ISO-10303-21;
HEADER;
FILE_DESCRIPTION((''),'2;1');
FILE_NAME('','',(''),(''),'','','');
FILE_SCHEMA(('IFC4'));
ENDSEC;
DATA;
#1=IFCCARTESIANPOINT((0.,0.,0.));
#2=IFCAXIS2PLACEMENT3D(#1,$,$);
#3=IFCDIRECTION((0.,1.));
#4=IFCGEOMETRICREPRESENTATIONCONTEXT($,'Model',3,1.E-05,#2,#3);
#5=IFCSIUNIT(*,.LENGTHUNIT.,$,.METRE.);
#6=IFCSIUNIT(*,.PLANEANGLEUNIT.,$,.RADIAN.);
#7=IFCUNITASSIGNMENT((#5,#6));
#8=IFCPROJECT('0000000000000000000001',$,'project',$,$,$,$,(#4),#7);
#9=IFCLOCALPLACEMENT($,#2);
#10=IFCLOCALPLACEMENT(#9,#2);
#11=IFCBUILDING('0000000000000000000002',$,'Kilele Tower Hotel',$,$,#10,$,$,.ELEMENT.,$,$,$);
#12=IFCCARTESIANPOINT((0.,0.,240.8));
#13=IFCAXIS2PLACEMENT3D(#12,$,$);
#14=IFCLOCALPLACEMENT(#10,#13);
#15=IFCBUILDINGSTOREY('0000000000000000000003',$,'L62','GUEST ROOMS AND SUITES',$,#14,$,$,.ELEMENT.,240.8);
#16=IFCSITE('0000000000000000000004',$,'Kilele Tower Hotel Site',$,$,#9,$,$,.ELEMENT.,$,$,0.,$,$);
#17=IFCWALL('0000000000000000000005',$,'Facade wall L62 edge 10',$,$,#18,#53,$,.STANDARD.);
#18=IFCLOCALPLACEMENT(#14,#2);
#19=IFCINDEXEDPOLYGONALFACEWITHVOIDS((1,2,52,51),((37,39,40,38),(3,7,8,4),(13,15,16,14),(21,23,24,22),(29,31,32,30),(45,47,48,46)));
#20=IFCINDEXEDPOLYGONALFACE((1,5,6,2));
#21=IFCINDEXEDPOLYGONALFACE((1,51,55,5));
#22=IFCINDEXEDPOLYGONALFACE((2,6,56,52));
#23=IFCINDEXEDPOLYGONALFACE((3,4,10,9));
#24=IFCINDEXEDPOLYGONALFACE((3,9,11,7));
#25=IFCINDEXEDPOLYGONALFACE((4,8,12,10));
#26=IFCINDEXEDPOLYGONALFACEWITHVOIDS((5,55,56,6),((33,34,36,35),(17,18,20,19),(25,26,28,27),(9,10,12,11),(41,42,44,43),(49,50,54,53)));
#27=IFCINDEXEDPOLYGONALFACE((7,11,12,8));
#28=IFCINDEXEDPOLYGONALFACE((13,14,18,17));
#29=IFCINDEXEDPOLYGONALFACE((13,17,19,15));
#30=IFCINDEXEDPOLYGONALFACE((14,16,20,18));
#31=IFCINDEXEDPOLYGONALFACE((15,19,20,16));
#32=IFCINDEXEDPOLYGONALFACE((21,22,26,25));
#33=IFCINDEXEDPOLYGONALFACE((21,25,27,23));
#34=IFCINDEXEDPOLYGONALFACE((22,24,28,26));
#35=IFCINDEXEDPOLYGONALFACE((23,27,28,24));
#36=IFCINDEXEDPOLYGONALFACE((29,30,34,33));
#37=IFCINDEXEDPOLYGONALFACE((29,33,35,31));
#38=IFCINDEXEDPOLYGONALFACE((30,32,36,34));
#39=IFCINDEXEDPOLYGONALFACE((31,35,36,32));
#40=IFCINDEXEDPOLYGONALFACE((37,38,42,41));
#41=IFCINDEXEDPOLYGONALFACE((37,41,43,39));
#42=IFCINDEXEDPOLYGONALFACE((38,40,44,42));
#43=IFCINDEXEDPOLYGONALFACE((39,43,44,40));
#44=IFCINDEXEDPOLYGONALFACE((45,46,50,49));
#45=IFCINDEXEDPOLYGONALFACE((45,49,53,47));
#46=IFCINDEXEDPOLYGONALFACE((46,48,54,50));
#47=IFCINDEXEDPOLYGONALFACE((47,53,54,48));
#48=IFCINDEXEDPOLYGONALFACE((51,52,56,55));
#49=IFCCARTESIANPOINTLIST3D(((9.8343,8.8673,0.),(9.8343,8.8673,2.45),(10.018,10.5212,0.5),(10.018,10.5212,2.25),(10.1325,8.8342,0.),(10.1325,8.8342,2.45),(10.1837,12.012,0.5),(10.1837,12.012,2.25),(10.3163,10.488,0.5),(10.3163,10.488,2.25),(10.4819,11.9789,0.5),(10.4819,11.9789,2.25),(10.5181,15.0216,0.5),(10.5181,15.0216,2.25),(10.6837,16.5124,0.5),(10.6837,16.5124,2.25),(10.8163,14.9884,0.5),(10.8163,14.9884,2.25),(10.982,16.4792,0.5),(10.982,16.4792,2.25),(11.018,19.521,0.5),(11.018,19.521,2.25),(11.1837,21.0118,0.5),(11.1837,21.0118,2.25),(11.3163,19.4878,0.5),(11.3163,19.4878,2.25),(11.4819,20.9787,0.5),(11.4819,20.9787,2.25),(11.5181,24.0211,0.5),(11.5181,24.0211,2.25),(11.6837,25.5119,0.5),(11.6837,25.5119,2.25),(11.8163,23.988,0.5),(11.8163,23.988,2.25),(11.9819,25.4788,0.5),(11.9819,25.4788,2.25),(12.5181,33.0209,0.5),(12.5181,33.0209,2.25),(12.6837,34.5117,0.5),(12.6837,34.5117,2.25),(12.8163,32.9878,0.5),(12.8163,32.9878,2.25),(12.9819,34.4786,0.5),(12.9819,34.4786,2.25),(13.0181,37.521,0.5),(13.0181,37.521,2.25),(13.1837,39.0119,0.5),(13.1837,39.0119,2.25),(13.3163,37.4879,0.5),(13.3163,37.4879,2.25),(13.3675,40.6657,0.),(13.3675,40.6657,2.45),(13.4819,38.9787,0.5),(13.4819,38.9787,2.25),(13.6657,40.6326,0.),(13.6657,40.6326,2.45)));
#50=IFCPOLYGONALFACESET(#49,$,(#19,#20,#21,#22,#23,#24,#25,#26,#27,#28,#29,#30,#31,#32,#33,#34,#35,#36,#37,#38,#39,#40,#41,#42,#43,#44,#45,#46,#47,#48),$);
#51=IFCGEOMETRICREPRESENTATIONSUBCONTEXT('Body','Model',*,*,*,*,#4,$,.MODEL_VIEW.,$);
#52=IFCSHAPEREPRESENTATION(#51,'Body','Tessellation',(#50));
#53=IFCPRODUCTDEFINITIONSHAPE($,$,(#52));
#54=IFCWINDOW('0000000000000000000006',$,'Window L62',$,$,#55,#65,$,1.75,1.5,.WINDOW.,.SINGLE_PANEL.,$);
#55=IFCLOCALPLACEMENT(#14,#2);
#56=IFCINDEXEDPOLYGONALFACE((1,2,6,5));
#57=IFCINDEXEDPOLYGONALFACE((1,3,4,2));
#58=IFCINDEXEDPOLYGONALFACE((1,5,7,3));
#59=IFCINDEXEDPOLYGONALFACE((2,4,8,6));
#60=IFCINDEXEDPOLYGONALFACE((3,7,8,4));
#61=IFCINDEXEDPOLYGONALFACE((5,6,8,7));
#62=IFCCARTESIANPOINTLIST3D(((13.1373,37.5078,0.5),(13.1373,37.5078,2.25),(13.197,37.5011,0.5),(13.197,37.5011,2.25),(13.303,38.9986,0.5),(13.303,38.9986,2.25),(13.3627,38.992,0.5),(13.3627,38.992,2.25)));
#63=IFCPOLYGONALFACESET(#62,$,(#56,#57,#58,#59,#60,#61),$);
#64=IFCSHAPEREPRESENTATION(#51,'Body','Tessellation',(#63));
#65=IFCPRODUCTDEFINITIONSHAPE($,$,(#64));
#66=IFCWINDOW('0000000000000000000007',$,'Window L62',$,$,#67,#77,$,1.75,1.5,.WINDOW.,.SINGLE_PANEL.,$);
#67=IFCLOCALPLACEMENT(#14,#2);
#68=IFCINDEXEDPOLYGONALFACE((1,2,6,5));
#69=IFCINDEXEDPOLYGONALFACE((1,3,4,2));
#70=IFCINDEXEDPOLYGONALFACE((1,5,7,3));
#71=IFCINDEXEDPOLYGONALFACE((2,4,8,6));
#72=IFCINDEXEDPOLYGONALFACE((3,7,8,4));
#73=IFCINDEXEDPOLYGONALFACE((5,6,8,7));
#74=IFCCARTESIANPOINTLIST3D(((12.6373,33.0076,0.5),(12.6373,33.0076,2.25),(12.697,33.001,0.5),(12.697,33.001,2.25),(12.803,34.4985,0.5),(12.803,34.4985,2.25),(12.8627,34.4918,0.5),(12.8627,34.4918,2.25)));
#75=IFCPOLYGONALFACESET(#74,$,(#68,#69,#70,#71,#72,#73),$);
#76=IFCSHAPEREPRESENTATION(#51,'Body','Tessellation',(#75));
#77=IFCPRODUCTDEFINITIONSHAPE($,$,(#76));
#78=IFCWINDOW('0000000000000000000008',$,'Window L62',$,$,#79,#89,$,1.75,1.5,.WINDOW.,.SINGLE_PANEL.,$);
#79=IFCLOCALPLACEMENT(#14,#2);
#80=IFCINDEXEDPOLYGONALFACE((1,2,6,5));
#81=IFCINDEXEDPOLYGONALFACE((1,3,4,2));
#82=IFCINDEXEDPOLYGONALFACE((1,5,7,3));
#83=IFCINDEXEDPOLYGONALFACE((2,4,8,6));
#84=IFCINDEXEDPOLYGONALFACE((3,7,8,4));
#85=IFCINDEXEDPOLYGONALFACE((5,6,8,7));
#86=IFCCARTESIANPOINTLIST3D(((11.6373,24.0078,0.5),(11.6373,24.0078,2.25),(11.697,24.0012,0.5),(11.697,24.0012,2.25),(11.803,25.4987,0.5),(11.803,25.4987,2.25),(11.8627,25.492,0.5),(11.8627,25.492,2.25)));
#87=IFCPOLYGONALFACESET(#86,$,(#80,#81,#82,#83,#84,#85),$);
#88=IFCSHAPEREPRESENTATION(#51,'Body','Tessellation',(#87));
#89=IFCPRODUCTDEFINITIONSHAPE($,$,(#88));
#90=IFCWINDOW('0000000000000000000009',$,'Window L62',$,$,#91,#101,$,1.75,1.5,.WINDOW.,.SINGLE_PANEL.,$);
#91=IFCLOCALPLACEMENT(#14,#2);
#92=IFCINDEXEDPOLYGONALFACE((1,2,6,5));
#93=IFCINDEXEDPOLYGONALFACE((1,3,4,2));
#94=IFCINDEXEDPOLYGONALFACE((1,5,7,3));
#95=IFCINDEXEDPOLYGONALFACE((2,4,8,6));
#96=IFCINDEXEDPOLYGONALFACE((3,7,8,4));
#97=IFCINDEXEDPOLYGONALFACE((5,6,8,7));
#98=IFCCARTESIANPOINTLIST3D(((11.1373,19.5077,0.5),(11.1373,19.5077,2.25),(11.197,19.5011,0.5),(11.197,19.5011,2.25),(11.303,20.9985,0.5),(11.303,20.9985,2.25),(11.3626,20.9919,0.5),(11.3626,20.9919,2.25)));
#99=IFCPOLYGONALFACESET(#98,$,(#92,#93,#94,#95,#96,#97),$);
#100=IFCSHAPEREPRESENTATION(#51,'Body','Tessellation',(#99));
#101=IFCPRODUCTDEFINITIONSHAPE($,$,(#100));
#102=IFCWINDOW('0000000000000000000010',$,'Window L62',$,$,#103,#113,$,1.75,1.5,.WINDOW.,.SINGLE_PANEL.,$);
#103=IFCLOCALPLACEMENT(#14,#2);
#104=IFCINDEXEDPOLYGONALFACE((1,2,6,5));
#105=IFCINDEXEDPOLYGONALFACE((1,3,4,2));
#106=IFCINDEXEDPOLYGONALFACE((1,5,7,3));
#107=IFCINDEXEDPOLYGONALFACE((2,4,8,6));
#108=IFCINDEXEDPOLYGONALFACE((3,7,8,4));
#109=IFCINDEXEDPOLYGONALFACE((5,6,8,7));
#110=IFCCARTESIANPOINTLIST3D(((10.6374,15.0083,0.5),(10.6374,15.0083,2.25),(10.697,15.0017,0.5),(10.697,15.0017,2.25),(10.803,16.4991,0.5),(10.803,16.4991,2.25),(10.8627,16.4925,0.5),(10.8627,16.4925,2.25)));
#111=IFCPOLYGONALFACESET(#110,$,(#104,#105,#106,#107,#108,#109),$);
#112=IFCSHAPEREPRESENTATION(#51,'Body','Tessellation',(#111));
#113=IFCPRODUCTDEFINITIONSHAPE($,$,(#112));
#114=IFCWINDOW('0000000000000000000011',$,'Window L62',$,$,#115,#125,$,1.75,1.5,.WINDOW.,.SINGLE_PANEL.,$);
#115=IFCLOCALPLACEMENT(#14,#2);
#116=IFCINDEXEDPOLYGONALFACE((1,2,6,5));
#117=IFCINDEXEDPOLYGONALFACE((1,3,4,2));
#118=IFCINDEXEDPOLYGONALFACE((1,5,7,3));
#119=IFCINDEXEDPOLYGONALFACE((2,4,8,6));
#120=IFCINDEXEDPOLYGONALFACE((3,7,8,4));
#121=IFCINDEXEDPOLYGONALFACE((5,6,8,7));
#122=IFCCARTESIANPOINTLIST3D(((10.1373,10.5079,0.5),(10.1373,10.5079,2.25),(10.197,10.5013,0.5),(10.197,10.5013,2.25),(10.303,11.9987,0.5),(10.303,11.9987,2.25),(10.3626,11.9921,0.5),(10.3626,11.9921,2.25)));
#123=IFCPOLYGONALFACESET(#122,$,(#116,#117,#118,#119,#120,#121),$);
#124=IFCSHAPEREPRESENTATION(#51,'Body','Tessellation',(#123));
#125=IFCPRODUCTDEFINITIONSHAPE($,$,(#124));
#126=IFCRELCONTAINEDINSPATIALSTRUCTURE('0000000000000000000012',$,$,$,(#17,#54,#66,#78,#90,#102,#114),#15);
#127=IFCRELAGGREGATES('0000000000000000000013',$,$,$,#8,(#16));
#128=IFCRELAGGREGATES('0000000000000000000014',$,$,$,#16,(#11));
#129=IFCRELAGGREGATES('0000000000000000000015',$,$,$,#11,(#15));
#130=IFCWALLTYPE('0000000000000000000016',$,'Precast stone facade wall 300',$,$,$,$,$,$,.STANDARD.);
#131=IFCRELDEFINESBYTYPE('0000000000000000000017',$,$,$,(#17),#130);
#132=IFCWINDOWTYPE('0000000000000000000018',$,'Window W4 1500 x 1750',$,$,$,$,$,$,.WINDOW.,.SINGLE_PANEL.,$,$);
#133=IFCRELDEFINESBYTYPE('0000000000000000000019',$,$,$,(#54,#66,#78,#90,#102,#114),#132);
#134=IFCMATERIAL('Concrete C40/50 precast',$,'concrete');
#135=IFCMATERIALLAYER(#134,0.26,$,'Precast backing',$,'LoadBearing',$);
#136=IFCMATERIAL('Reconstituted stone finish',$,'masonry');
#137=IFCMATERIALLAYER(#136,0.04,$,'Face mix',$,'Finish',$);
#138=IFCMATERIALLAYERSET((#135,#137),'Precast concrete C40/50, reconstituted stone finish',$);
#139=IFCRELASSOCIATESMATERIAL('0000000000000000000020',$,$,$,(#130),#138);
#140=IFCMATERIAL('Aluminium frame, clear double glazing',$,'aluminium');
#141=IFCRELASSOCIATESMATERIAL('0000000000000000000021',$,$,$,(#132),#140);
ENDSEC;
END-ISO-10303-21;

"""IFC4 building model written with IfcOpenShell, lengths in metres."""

from ifc_helpers import new_model, si_unit, direction, frame, frame_2d, origin, place, context, subcontext, project, spatial, rectangle, extrude, material, layer, layer_set, type_object, element, fill, save


model = new_model("IFC4")

# Units and contexts
model_context = context("Model", 3, precision=1e-05, world=origin(), true_north=direction((0.0, 1.0)))
body_context = subcontext(model_context, "Body", "Model", "MODEL_VIEW")
ifc_project = project(units=[si_unit("LENGTHUNIT", "METRE"), si_unit("PLANEANGLEUNIT", "RADIAN")], contexts=[model_context])

# Site, building, storey
site_placement = place(None, origin())
site = spatial("IfcSite", under=ifc_project, at=site_placement, Name="Kilele Tower Hotel Site", CompositionType="ELEMENT", RefElevation=0.0)
building_placement = place(site_placement, origin())
building = spatial("IfcBuilding", under=site, at=building_placement, Name="Kilele Tower Hotel", CompositionType="ELEMENT")
storey_placement = place(building_placement, frame((0.0, 0.0, 240.8)))
storey = spatial("IfcBuildingStorey", under=building, at=storey_placement, Name="L62", Description="GUEST ROOMS AND SUITES", CompositionType="ELEMENT", Elevation=240.8)

# Wall, openings, windows
ifc_material_1 = material(Name="Concrete C40/50 precast", Category="concrete")
ifc_layer_1 = layer(ifc_material_1, 0.26, Name="Precast backing", Category="LoadBearing")
ifc_material_2 = material(Name="Reconstituted stone finish", Category="masonry")
ifc_layer_2 = layer(ifc_material_2, 0.04, Name="Face mix", Category="Finish")
ifc_layer_set_1 = layer_set([ifc_layer_1, ifc_layer_2], Name="Precast concrete C40/50, reconstituted stone finish")
wall_type_1 = type_object("IfcWallType", Name="Precast stone facade wall 300", PredefinedType="STANDARD", material=ifc_layer_set_1)
wall_1_placement = place(storey_placement, frame((13.5166, 40.6492, 0.0), z_axis=(0.0, 0.0, 1.0), x_axis=(-0.110433, -0.993884, 0.0)))
wall_1 = element("IfcWall", 1, at=wall_1_placement, inside=storey, type_object=wall_type_1, Name="Facade wall L62 edge 10", PredefinedType="STANDARD", context=body_context, shape_type="SweptSolid", body=[
    extrude(rectangle(XDim=31.9941, YDim=0.3, at=frame_2d((15.9971, 0.0))), origin(), (0.0, 0.0, 1.0), 2.45),
])
opening_1_placement = place(wall_1_placement, frame((1.6641, 0.0, 0.5)))
opening_1 = element("IfcOpeningElement", 2, at=opening_1_placement, cuts=wall_1, PredefinedType="OPENING", context=body_context, shape_type="SweptSolid", body=[
    extrude(rectangle(XDim=1.5, YDim=1.75, at=frame_2d((0.75, 0.875))), frame((0.0, 0.1599, 0.0), z_axis=(0.0, -1.0, 0.0), x_axis=(1.0, 0.0, 0.0)), (0.0, 0.0, 1.0), 0.3201),
])
opening_2_placement = place(wall_1_placement, frame((6.1919, 0.0, 0.5)))
opening_2 = element("IfcOpeningElement", 3, at=opening_2_placement, cuts=wall_1, PredefinedType="OPENING", context=body_context, shape_type="SweptSolid", body=[
    extrude(rectangle(XDim=1.5, YDim=1.75, at=frame_2d((0.75, 0.875))), frame((0.0, 0.1599, 0.0), z_axis=(0.0, -1.0, 0.0), x_axis=(1.0, 0.0, 0.0)), (0.0, 0.0, 1.0), 0.3201),
])
opening_3_placement = place(wall_1_placement, frame((15.2471, 0.0, 0.5)))
opening_3 = element("IfcOpeningElement", 4, at=opening_3_placement, cuts=wall_1, PredefinedType="OPENING", context=body_context, shape_type="SweptSolid", body=[
    extrude(rectangle(XDim=1.5, YDim=1.75, at=frame_2d((0.75, 0.875))), frame((0.0, 0.1599, 0.0), z_axis=(0.0, -1.0, 0.0), x_axis=(1.0, 0.0, 0.0)), (0.0, 0.0, 1.0), 0.3201),
])
opening_4_placement = place(wall_1_placement, frame((19.7749, 0.0, 0.5)))
opening_4 = element("IfcOpeningElement", 5, at=opening_4_placement, cuts=wall_1, PredefinedType="OPENING", context=body_context, shape_type="SweptSolid", body=[
    extrude(rectangle(XDim=1.5, YDim=1.75, at=frame_2d((0.75, 0.875))), frame((0.0, 0.1599, 0.0), z_axis=(0.0, -1.0, 0.0), x_axis=(1.0, 0.0, 0.0)), (0.0, 0.0, 1.0), 0.3201),
])
opening_5_placement = place(wall_1_placement, frame((24.302, 0.0, 0.5)))
opening_5 = element("IfcOpeningElement", 6, at=opening_5_placement, cuts=wall_1, PredefinedType="OPENING", context=body_context, shape_type="SweptSolid", body=[
    extrude(rectangle(XDim=1.5, YDim=1.75, at=frame_2d((0.75, 0.875))), frame((0.0, 0.1599, 0.0), z_axis=(0.0, -1.0, 0.0), x_axis=(1.0, 0.0, 0.0)), (0.0, 0.0, 1.0), 0.3201),
])
opening_6_placement = place(wall_1_placement, frame((28.8301, 0.0, 0.5)))
opening_6 = element("IfcOpeningElement", 7, at=opening_6_placement, cuts=wall_1, PredefinedType="OPENING", context=body_context, shape_type="SweptSolid", body=[
    extrude(rectangle(XDim=1.5, YDim=1.75, at=frame_2d((0.75, 0.875))), frame((0.0, 0.1599, 0.0), z_axis=(0.0, -1.0, 0.0), x_axis=(1.0, 0.0, 0.0)), (0.0, 0.0, 1.0), 0.3201),
])
ifc_material_3 = material(Name="Aluminium frame, clear double glazing", Category="aluminium")
window_type = type_object("IfcWindowType", Name="Window W4 1500 x 1750", PartitioningType="SINGLE_PANEL", PredefinedType="WINDOW", material=ifc_material_3)
window_1_placement = place(opening_1_placement, origin())
window_1 = element("IfcWindow", 8, at=window_1_placement, inside=storey, type_object=window_type, Name="Window L62", OverallHeight=1.75, OverallWidth=1.5, PartitioningType="SINGLE_PANEL", PredefinedType="WINDOW", context=body_context, shape_type="SweptSolid", body=[
    extrude(rectangle(XDim=1.5, YDim=1.75, at=frame_2d((0.75, 0.875))), frame((0.0, 0.03, 0.0), z_axis=(0.0, -1.0, 0.0), x_axis=(1.0, 0.0, 0.0)), (0.0, 0.0, 1.0), 0.0601),
])
fill(opening_1, window_1)
window_2_placement = place(opening_2_placement, origin())
window_2 = element("IfcWindow", 9, at=window_2_placement, inside=storey, type_object=window_type, Name="Window L62", OverallHeight=1.75, OverallWidth=1.5, PartitioningType="SINGLE_PANEL", PredefinedType="WINDOW", context=body_context, shape_type="SweptSolid", body=[
    extrude(rectangle(XDim=1.5, YDim=1.75, at=frame_2d((0.75, 0.875))), frame((0.0, 0.03, 0.0), z_axis=(0.0, -1.0, 0.0), x_axis=(1.0, 0.0, 0.0)), (0.0, 0.0, 1.0), 0.0601),
])
fill(opening_2, window_2)
window_3_placement = place(opening_3_placement, origin())
window_3 = element("IfcWindow", 10, at=window_3_placement, inside=storey, type_object=window_type, Name="Window L62", OverallHeight=1.75, OverallWidth=1.5, PartitioningType="SINGLE_PANEL", PredefinedType="WINDOW", context=body_context, shape_type="SweptSolid", body=[
    extrude(rectangle(XDim=1.5, YDim=1.75, at=frame_2d((0.75, 0.875))), frame((0.0, 0.03, 0.0), z_axis=(0.0, -1.0, 0.0), x_axis=(1.0, 0.0, 0.0)), (0.0, 0.0, 1.0), 0.0601),
])
fill(opening_3, window_3)
window_4_placement = place(opening_4_placement, origin())
window_4 = element("IfcWindow", 11, at=window_4_placement, inside=storey, type_object=window_type, Name="Window L62", OverallHeight=1.75, OverallWidth=1.5, PartitioningType="SINGLE_PANEL", PredefinedType="WINDOW", context=body_context, shape_type="SweptSolid", body=[
    extrude(rectangle(XDim=1.5, YDim=1.75, at=frame_2d((0.75, 0.875))), frame((0.0, 0.03, 0.0), z_axis=(0.0, -1.0, 0.0), x_axis=(1.0, 0.0, 0.0)), (0.0, 0.0, 1.0), 0.0601),
])
fill(opening_4, window_4)
window_5_placement = place(opening_5_placement, origin())
window_5 = element("IfcWindow", 12, at=window_5_placement, inside=storey, type_object=window_type, Name="Window L62", OverallHeight=1.75, OverallWidth=1.5, PartitioningType="SINGLE_PANEL", PredefinedType="WINDOW", context=body_context, shape_type="SweptSolid", body=[
    extrude(rectangle(XDim=1.5, YDim=1.75, at=frame_2d((0.75, 0.875))), frame((0.0, 0.03, 0.0), z_axis=(0.0, -1.0, 0.0), x_axis=(1.0, 0.0, 0.0)), (0.0, 0.0, 1.0), 0.0601),
])
fill(opening_5, window_5)
window_6_placement = place(opening_6_placement, origin())
window_6 = element("IfcWindow", 13, at=window_6_placement, inside=storey, type_object=window_type, Name="Window L62", OverallHeight=1.75, OverallWidth=1.5, PartitioningType="SINGLE_PANEL", PredefinedType="WINDOW", context=body_context, shape_type="SweptSolid", body=[
    extrude(rectangle(XDim=1.5, YDim=1.75, at=frame_2d((0.75, 0.875))), frame((0.0, 0.03, 0.0), z_axis=(0.0, -1.0, 0.0), x_axis=(1.0, 0.0, 0.0)), (0.0, 0.0, 1.0), 0.0601),
])
fill(opening_6, window_6)

save(model, "model.ifc")
